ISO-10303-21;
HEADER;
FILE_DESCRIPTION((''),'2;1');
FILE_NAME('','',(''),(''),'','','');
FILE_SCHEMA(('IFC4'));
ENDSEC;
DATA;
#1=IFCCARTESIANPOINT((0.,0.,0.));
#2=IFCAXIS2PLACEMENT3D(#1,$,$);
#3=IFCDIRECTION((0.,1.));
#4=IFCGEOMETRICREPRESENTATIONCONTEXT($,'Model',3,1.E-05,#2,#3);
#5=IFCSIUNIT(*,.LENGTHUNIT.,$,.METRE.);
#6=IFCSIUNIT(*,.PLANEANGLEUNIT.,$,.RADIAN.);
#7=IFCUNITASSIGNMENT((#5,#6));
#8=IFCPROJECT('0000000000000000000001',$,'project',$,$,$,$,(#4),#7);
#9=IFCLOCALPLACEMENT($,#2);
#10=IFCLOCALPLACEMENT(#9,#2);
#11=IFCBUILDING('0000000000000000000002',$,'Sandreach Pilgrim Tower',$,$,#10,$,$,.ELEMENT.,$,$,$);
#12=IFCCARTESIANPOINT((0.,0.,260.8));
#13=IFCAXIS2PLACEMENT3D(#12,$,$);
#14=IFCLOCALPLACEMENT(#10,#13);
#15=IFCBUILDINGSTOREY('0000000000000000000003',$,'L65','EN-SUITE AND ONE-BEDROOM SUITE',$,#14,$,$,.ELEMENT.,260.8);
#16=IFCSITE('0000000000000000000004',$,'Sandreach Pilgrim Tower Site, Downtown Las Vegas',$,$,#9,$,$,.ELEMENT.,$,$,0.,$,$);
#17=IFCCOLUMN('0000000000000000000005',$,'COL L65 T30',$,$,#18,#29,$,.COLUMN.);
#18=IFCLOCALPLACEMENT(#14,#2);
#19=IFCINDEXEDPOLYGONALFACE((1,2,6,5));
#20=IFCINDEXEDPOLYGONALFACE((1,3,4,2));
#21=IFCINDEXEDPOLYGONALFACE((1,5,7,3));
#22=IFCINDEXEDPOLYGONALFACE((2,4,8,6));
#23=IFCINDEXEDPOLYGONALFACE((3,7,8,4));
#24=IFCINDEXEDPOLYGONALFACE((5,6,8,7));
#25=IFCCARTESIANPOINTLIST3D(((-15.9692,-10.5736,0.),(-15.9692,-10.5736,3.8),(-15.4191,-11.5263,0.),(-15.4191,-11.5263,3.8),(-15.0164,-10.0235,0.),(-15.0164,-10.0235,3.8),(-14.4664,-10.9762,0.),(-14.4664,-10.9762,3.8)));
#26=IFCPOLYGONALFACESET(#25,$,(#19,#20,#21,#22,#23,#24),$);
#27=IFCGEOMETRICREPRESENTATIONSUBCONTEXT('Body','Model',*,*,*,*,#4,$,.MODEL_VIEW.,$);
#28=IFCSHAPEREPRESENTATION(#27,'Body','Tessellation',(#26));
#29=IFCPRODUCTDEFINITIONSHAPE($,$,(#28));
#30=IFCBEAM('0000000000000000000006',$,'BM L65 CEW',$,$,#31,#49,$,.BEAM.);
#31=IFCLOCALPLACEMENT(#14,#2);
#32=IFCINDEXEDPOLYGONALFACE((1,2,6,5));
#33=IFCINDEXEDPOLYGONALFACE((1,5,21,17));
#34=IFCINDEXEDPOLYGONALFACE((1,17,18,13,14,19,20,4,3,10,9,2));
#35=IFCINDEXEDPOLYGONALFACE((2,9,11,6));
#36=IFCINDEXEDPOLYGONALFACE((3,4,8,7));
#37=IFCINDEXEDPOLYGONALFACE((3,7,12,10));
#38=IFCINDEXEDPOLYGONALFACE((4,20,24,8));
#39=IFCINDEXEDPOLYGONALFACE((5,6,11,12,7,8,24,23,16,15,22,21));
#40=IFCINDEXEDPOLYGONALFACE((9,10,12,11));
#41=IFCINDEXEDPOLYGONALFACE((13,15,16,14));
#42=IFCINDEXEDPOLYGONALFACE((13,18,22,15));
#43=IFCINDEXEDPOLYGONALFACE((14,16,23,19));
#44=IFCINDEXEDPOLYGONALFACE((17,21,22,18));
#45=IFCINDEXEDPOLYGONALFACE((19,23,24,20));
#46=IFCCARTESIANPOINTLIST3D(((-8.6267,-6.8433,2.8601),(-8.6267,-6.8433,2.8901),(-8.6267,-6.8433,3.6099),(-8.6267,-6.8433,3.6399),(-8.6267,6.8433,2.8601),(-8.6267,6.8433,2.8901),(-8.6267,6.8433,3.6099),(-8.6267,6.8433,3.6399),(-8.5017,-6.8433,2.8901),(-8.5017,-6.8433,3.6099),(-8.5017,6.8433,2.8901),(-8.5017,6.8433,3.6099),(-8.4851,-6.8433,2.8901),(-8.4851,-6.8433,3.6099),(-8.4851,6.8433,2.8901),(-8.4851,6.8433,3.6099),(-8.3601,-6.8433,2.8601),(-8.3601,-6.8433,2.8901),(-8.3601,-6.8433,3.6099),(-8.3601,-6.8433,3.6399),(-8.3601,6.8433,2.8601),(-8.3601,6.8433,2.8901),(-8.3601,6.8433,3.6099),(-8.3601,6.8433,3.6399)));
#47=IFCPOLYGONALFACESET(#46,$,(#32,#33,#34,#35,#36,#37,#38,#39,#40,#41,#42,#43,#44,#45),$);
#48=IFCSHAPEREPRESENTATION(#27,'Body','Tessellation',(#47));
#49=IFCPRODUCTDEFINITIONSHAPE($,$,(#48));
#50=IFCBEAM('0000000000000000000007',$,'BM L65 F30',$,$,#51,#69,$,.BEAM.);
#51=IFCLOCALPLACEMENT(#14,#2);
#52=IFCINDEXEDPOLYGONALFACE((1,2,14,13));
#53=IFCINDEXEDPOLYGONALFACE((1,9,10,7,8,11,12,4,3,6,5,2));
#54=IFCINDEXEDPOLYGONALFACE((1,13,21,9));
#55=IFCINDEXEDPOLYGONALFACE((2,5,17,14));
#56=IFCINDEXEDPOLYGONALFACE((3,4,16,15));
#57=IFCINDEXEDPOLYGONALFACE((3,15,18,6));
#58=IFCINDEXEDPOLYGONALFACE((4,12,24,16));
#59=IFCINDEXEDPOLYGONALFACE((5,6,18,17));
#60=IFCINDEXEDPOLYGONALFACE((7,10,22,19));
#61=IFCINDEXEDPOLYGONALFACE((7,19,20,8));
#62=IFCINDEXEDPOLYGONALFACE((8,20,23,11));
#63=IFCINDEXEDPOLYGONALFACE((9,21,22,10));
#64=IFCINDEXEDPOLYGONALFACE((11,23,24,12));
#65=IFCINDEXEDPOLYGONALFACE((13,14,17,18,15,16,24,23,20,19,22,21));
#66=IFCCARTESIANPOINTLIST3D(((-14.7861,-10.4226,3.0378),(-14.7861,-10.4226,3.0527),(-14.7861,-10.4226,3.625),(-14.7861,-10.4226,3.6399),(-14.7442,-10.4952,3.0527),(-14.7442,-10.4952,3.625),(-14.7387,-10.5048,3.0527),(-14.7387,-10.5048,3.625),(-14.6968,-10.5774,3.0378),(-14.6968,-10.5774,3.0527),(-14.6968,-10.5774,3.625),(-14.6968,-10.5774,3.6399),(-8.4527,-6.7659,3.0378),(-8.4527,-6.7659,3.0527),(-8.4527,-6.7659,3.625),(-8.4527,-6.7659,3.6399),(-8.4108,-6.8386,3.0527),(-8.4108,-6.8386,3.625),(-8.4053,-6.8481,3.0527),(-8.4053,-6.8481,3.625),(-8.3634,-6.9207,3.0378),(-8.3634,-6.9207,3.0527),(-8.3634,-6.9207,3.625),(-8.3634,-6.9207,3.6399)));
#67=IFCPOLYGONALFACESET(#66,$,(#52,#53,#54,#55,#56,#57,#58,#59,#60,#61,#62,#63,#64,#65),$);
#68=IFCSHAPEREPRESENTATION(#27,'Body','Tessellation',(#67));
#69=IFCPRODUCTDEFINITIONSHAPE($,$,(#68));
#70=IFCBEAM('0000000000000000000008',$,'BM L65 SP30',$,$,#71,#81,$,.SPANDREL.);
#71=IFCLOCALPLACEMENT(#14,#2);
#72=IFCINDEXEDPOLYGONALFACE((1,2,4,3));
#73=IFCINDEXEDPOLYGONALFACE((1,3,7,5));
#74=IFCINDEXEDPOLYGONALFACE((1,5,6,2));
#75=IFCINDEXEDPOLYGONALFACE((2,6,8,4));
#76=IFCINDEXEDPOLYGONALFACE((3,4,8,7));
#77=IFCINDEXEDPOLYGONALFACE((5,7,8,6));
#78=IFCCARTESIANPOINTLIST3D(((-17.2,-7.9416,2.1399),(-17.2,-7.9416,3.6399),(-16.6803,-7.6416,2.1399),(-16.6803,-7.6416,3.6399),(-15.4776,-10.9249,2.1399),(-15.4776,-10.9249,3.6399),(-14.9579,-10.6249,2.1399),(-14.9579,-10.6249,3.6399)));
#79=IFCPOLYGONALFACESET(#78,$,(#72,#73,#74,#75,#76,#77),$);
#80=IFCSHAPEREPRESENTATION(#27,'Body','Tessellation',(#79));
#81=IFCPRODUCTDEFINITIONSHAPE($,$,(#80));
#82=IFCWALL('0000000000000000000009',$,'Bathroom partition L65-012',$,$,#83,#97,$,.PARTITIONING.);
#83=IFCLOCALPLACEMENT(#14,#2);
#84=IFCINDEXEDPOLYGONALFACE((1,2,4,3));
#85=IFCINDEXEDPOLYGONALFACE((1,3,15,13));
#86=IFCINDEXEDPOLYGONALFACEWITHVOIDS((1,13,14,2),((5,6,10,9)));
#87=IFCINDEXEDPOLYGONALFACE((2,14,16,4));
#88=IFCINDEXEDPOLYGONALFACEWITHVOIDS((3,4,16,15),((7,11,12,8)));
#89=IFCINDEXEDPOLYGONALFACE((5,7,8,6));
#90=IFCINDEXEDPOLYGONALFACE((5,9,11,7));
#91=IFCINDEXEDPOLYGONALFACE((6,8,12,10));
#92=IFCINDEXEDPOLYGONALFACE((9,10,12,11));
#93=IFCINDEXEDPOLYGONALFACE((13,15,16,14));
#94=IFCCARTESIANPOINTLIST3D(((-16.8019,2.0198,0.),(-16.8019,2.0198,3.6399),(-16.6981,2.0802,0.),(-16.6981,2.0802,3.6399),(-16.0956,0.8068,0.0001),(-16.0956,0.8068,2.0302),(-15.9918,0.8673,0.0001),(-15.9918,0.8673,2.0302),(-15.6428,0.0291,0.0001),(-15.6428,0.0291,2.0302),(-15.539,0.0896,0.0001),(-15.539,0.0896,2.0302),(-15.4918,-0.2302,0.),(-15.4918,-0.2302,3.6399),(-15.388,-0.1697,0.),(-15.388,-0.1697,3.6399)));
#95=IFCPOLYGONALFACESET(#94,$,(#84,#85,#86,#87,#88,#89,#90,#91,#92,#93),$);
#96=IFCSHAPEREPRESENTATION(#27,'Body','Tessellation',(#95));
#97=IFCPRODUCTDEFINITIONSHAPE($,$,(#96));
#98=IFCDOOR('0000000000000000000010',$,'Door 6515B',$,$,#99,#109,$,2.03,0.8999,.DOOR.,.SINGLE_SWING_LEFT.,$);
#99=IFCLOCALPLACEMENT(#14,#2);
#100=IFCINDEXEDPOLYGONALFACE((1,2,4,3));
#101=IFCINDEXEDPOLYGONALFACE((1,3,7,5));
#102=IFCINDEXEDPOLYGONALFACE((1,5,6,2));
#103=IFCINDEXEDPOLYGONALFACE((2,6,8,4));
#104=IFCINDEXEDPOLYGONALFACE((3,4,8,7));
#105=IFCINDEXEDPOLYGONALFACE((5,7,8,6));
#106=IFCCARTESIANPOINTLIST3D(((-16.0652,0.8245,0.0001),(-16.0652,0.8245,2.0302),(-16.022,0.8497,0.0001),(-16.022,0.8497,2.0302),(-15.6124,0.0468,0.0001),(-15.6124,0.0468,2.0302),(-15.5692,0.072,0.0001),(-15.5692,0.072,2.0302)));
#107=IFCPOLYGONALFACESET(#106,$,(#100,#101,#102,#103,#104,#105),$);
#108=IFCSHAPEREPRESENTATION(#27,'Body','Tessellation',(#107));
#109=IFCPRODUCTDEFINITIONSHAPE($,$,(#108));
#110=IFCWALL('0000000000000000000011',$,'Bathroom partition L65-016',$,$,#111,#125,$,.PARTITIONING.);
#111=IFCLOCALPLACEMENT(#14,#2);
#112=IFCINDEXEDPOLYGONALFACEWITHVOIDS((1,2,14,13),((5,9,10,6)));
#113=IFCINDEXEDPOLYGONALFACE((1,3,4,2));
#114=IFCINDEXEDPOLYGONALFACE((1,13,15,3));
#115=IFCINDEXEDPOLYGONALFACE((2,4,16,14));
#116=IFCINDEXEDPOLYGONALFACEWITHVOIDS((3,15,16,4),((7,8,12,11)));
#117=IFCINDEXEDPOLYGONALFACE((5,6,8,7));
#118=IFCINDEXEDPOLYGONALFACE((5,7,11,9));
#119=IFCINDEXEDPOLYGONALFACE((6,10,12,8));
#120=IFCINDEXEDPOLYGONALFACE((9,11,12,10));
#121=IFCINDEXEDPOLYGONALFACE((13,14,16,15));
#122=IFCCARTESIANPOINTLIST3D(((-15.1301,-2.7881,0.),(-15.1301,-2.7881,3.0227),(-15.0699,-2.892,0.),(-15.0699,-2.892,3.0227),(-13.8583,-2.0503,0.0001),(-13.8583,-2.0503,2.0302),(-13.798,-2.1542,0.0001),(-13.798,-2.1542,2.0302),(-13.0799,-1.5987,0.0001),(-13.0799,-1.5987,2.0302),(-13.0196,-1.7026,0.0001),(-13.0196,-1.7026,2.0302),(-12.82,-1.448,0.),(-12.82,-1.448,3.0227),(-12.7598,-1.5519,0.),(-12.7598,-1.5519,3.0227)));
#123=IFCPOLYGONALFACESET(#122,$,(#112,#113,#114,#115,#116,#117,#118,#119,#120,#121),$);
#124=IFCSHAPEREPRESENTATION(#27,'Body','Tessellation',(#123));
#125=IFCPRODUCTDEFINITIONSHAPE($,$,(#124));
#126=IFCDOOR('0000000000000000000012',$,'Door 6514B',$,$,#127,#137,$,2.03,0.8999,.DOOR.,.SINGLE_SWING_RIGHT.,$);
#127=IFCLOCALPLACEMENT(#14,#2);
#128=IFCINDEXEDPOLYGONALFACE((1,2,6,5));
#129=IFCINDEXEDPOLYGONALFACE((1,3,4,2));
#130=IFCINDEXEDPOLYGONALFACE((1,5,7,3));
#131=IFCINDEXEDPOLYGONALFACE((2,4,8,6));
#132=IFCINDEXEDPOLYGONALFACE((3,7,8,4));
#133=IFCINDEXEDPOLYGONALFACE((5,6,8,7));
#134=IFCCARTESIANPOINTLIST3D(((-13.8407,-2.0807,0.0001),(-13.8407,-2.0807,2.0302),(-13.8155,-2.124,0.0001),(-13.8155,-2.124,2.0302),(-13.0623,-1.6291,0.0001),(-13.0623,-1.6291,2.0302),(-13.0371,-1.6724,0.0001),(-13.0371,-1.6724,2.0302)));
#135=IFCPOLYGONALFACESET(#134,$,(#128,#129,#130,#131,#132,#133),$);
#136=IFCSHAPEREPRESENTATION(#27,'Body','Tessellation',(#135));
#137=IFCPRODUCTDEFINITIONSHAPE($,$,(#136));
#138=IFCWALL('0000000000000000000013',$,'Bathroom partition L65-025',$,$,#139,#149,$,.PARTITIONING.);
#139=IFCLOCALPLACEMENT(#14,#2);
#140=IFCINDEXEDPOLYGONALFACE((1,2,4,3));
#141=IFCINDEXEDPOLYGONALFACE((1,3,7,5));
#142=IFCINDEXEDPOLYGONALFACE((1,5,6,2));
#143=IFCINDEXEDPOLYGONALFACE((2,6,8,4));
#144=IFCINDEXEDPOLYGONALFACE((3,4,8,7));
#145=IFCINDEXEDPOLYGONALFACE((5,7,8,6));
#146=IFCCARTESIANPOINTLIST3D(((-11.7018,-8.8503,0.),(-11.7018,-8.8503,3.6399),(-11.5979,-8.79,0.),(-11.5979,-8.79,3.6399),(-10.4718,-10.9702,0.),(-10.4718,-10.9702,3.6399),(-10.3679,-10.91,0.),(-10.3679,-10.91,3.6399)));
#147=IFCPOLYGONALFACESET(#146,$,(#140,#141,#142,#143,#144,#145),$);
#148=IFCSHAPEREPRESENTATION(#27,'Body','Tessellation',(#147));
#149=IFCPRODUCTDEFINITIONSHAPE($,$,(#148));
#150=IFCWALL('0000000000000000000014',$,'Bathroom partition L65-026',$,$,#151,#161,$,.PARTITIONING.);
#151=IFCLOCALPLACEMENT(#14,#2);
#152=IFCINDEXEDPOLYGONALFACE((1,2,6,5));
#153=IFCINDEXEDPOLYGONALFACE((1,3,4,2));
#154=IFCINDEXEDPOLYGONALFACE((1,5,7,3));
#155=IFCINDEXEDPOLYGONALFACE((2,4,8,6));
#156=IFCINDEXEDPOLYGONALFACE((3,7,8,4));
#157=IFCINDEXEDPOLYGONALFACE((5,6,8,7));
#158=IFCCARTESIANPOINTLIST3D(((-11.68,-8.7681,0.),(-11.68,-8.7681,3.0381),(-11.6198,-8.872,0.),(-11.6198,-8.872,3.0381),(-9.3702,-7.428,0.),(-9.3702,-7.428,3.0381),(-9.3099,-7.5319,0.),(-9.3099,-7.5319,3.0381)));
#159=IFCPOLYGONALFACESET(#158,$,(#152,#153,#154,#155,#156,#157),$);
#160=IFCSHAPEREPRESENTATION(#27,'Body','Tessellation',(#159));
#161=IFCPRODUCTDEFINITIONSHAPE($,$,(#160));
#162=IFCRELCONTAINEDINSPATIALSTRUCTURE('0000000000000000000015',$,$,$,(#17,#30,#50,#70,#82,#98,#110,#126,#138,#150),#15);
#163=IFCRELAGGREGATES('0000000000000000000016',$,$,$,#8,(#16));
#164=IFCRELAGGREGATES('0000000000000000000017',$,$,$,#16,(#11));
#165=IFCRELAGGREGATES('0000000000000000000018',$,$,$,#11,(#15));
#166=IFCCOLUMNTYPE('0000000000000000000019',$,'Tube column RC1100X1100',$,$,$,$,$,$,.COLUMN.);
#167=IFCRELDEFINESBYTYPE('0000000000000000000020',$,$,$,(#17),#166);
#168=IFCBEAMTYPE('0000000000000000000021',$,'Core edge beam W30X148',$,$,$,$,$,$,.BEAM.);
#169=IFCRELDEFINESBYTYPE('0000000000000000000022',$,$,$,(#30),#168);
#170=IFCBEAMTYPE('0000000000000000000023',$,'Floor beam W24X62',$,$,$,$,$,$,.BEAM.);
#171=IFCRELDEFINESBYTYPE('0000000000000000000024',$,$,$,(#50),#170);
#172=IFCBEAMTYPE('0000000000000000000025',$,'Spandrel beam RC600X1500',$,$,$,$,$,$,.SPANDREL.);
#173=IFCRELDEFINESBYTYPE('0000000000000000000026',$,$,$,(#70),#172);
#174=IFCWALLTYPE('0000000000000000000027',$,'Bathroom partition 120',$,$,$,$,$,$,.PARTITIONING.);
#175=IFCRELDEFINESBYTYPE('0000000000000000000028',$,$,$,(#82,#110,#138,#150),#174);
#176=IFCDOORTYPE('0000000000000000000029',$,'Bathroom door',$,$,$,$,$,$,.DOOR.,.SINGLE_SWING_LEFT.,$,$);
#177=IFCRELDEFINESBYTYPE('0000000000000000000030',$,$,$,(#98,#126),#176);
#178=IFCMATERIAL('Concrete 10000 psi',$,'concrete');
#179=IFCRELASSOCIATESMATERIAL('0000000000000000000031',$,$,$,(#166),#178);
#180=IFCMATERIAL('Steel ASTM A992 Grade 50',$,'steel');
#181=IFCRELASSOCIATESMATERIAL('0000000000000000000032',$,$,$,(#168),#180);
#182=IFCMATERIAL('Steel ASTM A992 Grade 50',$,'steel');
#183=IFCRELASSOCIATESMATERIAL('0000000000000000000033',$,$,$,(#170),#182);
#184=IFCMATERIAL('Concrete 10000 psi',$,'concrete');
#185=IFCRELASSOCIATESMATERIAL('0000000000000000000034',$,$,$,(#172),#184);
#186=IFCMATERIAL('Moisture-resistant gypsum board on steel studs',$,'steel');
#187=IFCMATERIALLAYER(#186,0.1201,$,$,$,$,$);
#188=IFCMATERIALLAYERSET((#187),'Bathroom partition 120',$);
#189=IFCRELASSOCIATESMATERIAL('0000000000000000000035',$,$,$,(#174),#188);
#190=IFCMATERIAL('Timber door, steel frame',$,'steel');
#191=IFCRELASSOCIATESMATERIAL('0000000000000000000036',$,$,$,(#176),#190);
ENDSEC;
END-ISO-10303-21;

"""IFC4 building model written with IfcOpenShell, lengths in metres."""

from ifc_helpers import new_model, si_unit, direction, frame, frame_2d, origin, origin_2d, place, context, subcontext, project, spatial, rectangle, i_section, extrude, material, layer, layer_set, material_profile, profile_set, type_object, element, fill, save


model = new_model("IFC4")

# Units and contexts
model_context = context("Model", 3, precision=1e-05, world=origin(), true_north=direction((0.0, 1.0)))
body_context = subcontext(model_context, "Body", "Model", "MODEL_VIEW")
ifc_project = project(units=[si_unit("LENGTHUNIT", "METRE"), si_unit("PLANEANGLEUNIT", "RADIAN")], contexts=[model_context])

# Site, building, storey
site_placement = place(None, origin())
site = spatial("IfcSite", under=ifc_project, at=site_placement, Name="Sandreach Pilgrim Tower Site, Downtown Las Vegas", CompositionType="ELEMENT", RefElevation=0.0)
building_placement = place(site_placement, origin())
building = spatial("IfcBuilding", under=site, at=building_placement, Name="Sandreach Pilgrim Tower", CompositionType="ELEMENT")
storey_placement = place(building_placement, frame((0.0, 0.0, 260.8)))
storey = spatial("IfcBuildingStorey", under=building, at=storey_placement, Name="L65", Description="EN-SUITE AND ONE-BEDROOM SUITE", CompositionType="ELEMENT", Elevation=260.8)

# Column
ifc_material_1 = material(Name="Concrete 10000 psi", Category="concrete")
ifc_material_profile_1 = material_profile(ifc_material_1, rectangle(XDim=1.1001, YDim=1.1001, at=origin_2d()), Name="RC1100X1100")
ifc_profile_set_1 = profile_set([ifc_material_profile_1], Name="Concrete 10000 psi")
column_type = type_object("IfcColumnType", Name="Tube column RC1100X1100", PredefinedType="COLUMN", material=ifc_profile_set_1)
column_placement = place(storey_placement, frame((-15.2178, -10.7749, 0.0), z_axis=(0.0, 0.0, 1.0), x_axis=(-0.866025, -0.5, 0.0)))
element("IfcColumn", 1, at=column_placement, inside=storey, type_object=column_type, Name="COL L65 T30", PredefinedType="COLUMN", context=body_context, shape_type="SweptSolid", body=[
    extrude(rectangle(XDim=1.1001, YDim=1.1001, at=origin_2d()), origin(), (0.0, 0.0, 1.0), 3.8),
])

# Beams
ifc_material_2 = material(Name="Steel ASTM A992 Grade 50", Category="steel")
ifc_material_profile_2 = material_profile(ifc_material_2, i_section(OverallWidth=0.2666, OverallDepth=0.7798, WebThickness=0.0166, FlangeThickness=0.03, at=origin_2d()), Name="W30X148")
ifc_profile_set_2 = profile_set([ifc_material_profile_2], Name="Steel ASTM A992 Grade 50")
beam_type_1 = type_object("IfcBeamType", Name="Core edge beam W30X148", PredefinedType="BEAM", material=ifc_profile_set_2)
beam_1_placement = place(storey_placement, frame((-8.4934, -6.8433, 3.25), z_axis=(0.0, 1.0, 0.0), x_axis=(-1.0, 0.0, 0.0)))
element("IfcBeam", 2, at=beam_1_placement, inside=storey, type_object=beam_type_1, Name="BM L65 CEW", PredefinedType="BEAM", context=body_context, shape_type="SweptSolid", body=[
    extrude(i_section(OverallWidth=0.2666, OverallDepth=0.7798, WebThickness=0.0166, FlangeThickness=0.03, at=origin_2d()), origin(), (0.0, 0.0, 1.0), 13.6865),
])
ifc_material_3 = material(Name="Steel ASTM A992 Grade 50", Category="steel")
ifc_material_profile_3 = material_profile(ifc_material_3, i_section(OverallWidth=0.1787, OverallDepth=0.6021, WebThickness=0.011, FlangeThickness=0.0149, at=origin_2d()), Name="W24X62")
ifc_profile_set_3 = profile_set([ifc_material_profile_3], Name="Steel ASTM A992 Grade 50")
beam_type_2 = type_object("IfcBeamType", Name="Floor beam W24X62", PredefinedType="BEAM", material=ifc_profile_set_3)
beam_2_placement = place(storey_placement, frame((-14.7415, -10.5, 3.3389), z_axis=(0.86602, 0.500009, 0.0), x_axis=(-0.500009, 0.86602, 0.0)))
element("IfcBeam", 3, at=beam_2_placement, inside=storey, type_object=beam_type_2, Name="BM L65 F30", PredefinedType="BEAM", context=body_context, shape_type="SweptSolid", body=[
    extrude(i_section(OverallWidth=0.1787, OverallDepth=0.6021, WebThickness=0.011, FlangeThickness=0.0149, at=origin_2d()), origin(), (0.0, 0.0, 1.0), 7.3132),
])
ifc_material_4 = material(Name="Concrete 10000 psi", Category="concrete")
ifc_material_profile_4 = material_profile(ifc_material_4, rectangle(XDim=0.6001, YDim=1.5, at=origin_2d()), Name="RC600X1500")
ifc_profile_set_4 = profile_set([ifc_material_profile_4], Name="Concrete 10000 psi")
beam_type_3 = type_object("IfcBeamType", Name="Spandrel beam RC600X1500", PredefinedType="SPANDREL", material=ifc_profile_set_4)
beam_3_placement = place(storey_placement, frame((-15.2178, -10.7749, 2.8899), z_axis=(-0.499988, 0.866032, 0.0), x_axis=(-0.866032, -0.499988, 0.0)))
element("IfcBeam", 4, at=beam_3_placement, inside=storey, type_object=beam_type_3, Name="BM L65 SP30", PredefinedType="SPANDREL", context=body_context, shape_type="SweptSolid", body=[
    extrude(rectangle(XDim=0.6001, YDim=1.5, at=origin_2d()), origin(), (0.0, 0.0, 1.0), 3.4448),
])

# Walls, openings, doors
ifc_material_5 = material(Name="Moisture-resistant gypsum board on steel studs", Category="steel")
ifc_layer_1 = layer(ifc_material_5, 0.1201)
ifc_layer_set_1 = layer_set([ifc_layer_1], Name="Bathroom partition 120")
wall_type_1 = type_object("IfcWallType", Name="Bathroom partition 120", PredefinedType="PARTITIONING", material=ifc_layer_set_1)
wall_1_placement = place(storey_placement, frame((-15.4399, -0.2, 0.0), z_axis=(0.0, 0.0, 1.0), x_axis=(-0.503171, 0.864187, 0.0)))
wall_1 = element("IfcWall", 5, at=wall_1_placement, inside=storey, type_object=wall_type_1, Name="Bathroom partition L65-012", PredefinedType="PARTITIONING", context=body_context, shape_type="SweptSolid", body=[
    extrude(rectangle(XDim=2.6035, YDim=0.1201, at=frame_2d((1.3018, 0.0))), origin(), (0.0, 0.0, 1.0), 3.6399),
])
opening_1_placement = place(wall_1_placement, frame((0.3, 0.0, 0.0)))
opening_1 = element("IfcOpeningElement", 6, at=opening_1_placement, cuts=wall_1, PredefinedType="OPENING", context=body_context, shape_type="SweptSolid", body=[
    extrude(rectangle(XDim=0.8999, YDim=2.03, at=frame_2d((0.45, 1.0151))), frame((0.0, 0.0601, 0.0), z_axis=(0.0, -1.0, 0.0), x_axis=(1.0, 0.0, 0.0)), (0.0, 0.0, 1.0), 0.1201),
])
ifc_material_6 = material(Name="Timber door, steel frame", Category="steel")
door_type_1 = type_object("IfcDoorType", Name="Bathroom door", OperationType="SINGLE_SWING_LEFT", PredefinedType="DOOR", material=ifc_material_6)
door_1_placement = place(opening_1_placement, origin())
door_1 = element("IfcDoor", 7, at=door_1_placement, inside=storey, type_object=door_type_1, Name="Door 6515B", OperationType="SINGLE_SWING_LEFT", OverallHeight=2.03, OverallWidth=0.8999, PredefinedType="DOOR", context=body_context, shape_type="SweptSolid", body=[
    extrude(rectangle(XDim=0.8999, YDim=2.03, at=frame_2d((0.45, 1.0151))), frame((0.0, 0.0249, 0.0), z_axis=(0.0, -1.0, 0.0), x_axis=(1.0, 0.0, 0.0)), (0.0, 0.0, 1.0), 0.05),
])
fill(opening_1, door_1)
wall_2_placement = place(storey_placement, frame((-15.1001, -2.8401, 0.0), z_axis=(0.0, 0.0, 1.0), x_axis=(0.86499, 0.501789, 0.0)))
wall_2 = element("IfcWall", 8, at=wall_2_placement, inside=storey, type_object=wall_type_1, Name="Bathroom partition L65-016", PredefinedType="PARTITIONING", context=body_context, shape_type="SweptSolid", body=[
    extrude(rectangle(XDim=2.6707, YDim=0.1201, at=frame_2d((1.3354, 0.0))), origin(), (0.0, 0.0, 1.0), 3.0227),
])
opening_2_placement = place(wall_2_placement, frame((1.4705, 0.0, 0.0)))
opening_2 = element("IfcOpeningElement", 9, at=opening_2_placement, cuts=wall_2, PredefinedType="OPENING", context=body_context, shape_type="SweptSolid", body=[
    extrude(rectangle(XDim=0.8999, YDim=2.03, at=frame_2d((0.45, 1.0151))), frame((0.0, 0.0601, 0.0), z_axis=(0.0, -1.0, 0.0), x_axis=(1.0, 0.0, 0.0)), (0.0, 0.0, 1.0), 0.1201),
])
door_2_placement = place(opening_2_placement, origin())
door_2 = element("IfcDoor", 10, at=door_2_placement, inside=storey, type_object=door_type_1, Name="Door 6514B", OperationType="SINGLE_SWING_RIGHT", OverallHeight=2.03, OverallWidth=0.8999, PredefinedType="DOOR", context=body_context, shape_type="SweptSolid", body=[
    extrude(rectangle(XDim=0.8999, YDim=2.03, at=frame_2d((0.45, 1.0151))), frame((0.0, 0.0249, 0.0), z_axis=(0.0, -1.0, 0.0), x_axis=(1.0, 0.0, 0.0)), (0.0, 0.0, 1.0), 0.05),
])
fill(opening_2, door_2)

# Walls
wall_3_placement = place(storey_placement, frame((-11.6499, -8.8201, 0.0), z_axis=(0.0, 0.0, 1.0), x_axis=(0.501857, -0.864951, 0.0)))
element("IfcWall", 11, at=wall_3_placement, inside=storey, type_object=wall_type_1, Name="Bathroom partition L65-025", PredefinedType="PARTITIONING", context=body_context, shape_type="SweptSolid", body=[
    extrude(rectangle(XDim=2.4509, YDim=0.1201, at=frame_2d((1.2256, 0.0))), origin(), (0.0, 0.0, 1.0), 3.6399),
])
wall_4_placement = place(storey_placement, frame((-11.6499, -8.8201, 0.0), z_axis=(0.0, 0.0, 1.0), x_axis=(0.864967, 0.501829, 0.0)))
element("IfcWall", 12, at=wall_4_placement, inside=storey, type_object=wall_type_1, Name="Bathroom partition L65-026", PredefinedType="PARTITIONING", context=body_context, shape_type="SweptSolid", body=[
    extrude(rectangle(XDim=2.6704, YDim=0.1201, at=frame_2d((1.3352, 0.0))), origin(), (0.0, 0.0, 1.0), 3.0381),
])

save(model, "model.ifc")
